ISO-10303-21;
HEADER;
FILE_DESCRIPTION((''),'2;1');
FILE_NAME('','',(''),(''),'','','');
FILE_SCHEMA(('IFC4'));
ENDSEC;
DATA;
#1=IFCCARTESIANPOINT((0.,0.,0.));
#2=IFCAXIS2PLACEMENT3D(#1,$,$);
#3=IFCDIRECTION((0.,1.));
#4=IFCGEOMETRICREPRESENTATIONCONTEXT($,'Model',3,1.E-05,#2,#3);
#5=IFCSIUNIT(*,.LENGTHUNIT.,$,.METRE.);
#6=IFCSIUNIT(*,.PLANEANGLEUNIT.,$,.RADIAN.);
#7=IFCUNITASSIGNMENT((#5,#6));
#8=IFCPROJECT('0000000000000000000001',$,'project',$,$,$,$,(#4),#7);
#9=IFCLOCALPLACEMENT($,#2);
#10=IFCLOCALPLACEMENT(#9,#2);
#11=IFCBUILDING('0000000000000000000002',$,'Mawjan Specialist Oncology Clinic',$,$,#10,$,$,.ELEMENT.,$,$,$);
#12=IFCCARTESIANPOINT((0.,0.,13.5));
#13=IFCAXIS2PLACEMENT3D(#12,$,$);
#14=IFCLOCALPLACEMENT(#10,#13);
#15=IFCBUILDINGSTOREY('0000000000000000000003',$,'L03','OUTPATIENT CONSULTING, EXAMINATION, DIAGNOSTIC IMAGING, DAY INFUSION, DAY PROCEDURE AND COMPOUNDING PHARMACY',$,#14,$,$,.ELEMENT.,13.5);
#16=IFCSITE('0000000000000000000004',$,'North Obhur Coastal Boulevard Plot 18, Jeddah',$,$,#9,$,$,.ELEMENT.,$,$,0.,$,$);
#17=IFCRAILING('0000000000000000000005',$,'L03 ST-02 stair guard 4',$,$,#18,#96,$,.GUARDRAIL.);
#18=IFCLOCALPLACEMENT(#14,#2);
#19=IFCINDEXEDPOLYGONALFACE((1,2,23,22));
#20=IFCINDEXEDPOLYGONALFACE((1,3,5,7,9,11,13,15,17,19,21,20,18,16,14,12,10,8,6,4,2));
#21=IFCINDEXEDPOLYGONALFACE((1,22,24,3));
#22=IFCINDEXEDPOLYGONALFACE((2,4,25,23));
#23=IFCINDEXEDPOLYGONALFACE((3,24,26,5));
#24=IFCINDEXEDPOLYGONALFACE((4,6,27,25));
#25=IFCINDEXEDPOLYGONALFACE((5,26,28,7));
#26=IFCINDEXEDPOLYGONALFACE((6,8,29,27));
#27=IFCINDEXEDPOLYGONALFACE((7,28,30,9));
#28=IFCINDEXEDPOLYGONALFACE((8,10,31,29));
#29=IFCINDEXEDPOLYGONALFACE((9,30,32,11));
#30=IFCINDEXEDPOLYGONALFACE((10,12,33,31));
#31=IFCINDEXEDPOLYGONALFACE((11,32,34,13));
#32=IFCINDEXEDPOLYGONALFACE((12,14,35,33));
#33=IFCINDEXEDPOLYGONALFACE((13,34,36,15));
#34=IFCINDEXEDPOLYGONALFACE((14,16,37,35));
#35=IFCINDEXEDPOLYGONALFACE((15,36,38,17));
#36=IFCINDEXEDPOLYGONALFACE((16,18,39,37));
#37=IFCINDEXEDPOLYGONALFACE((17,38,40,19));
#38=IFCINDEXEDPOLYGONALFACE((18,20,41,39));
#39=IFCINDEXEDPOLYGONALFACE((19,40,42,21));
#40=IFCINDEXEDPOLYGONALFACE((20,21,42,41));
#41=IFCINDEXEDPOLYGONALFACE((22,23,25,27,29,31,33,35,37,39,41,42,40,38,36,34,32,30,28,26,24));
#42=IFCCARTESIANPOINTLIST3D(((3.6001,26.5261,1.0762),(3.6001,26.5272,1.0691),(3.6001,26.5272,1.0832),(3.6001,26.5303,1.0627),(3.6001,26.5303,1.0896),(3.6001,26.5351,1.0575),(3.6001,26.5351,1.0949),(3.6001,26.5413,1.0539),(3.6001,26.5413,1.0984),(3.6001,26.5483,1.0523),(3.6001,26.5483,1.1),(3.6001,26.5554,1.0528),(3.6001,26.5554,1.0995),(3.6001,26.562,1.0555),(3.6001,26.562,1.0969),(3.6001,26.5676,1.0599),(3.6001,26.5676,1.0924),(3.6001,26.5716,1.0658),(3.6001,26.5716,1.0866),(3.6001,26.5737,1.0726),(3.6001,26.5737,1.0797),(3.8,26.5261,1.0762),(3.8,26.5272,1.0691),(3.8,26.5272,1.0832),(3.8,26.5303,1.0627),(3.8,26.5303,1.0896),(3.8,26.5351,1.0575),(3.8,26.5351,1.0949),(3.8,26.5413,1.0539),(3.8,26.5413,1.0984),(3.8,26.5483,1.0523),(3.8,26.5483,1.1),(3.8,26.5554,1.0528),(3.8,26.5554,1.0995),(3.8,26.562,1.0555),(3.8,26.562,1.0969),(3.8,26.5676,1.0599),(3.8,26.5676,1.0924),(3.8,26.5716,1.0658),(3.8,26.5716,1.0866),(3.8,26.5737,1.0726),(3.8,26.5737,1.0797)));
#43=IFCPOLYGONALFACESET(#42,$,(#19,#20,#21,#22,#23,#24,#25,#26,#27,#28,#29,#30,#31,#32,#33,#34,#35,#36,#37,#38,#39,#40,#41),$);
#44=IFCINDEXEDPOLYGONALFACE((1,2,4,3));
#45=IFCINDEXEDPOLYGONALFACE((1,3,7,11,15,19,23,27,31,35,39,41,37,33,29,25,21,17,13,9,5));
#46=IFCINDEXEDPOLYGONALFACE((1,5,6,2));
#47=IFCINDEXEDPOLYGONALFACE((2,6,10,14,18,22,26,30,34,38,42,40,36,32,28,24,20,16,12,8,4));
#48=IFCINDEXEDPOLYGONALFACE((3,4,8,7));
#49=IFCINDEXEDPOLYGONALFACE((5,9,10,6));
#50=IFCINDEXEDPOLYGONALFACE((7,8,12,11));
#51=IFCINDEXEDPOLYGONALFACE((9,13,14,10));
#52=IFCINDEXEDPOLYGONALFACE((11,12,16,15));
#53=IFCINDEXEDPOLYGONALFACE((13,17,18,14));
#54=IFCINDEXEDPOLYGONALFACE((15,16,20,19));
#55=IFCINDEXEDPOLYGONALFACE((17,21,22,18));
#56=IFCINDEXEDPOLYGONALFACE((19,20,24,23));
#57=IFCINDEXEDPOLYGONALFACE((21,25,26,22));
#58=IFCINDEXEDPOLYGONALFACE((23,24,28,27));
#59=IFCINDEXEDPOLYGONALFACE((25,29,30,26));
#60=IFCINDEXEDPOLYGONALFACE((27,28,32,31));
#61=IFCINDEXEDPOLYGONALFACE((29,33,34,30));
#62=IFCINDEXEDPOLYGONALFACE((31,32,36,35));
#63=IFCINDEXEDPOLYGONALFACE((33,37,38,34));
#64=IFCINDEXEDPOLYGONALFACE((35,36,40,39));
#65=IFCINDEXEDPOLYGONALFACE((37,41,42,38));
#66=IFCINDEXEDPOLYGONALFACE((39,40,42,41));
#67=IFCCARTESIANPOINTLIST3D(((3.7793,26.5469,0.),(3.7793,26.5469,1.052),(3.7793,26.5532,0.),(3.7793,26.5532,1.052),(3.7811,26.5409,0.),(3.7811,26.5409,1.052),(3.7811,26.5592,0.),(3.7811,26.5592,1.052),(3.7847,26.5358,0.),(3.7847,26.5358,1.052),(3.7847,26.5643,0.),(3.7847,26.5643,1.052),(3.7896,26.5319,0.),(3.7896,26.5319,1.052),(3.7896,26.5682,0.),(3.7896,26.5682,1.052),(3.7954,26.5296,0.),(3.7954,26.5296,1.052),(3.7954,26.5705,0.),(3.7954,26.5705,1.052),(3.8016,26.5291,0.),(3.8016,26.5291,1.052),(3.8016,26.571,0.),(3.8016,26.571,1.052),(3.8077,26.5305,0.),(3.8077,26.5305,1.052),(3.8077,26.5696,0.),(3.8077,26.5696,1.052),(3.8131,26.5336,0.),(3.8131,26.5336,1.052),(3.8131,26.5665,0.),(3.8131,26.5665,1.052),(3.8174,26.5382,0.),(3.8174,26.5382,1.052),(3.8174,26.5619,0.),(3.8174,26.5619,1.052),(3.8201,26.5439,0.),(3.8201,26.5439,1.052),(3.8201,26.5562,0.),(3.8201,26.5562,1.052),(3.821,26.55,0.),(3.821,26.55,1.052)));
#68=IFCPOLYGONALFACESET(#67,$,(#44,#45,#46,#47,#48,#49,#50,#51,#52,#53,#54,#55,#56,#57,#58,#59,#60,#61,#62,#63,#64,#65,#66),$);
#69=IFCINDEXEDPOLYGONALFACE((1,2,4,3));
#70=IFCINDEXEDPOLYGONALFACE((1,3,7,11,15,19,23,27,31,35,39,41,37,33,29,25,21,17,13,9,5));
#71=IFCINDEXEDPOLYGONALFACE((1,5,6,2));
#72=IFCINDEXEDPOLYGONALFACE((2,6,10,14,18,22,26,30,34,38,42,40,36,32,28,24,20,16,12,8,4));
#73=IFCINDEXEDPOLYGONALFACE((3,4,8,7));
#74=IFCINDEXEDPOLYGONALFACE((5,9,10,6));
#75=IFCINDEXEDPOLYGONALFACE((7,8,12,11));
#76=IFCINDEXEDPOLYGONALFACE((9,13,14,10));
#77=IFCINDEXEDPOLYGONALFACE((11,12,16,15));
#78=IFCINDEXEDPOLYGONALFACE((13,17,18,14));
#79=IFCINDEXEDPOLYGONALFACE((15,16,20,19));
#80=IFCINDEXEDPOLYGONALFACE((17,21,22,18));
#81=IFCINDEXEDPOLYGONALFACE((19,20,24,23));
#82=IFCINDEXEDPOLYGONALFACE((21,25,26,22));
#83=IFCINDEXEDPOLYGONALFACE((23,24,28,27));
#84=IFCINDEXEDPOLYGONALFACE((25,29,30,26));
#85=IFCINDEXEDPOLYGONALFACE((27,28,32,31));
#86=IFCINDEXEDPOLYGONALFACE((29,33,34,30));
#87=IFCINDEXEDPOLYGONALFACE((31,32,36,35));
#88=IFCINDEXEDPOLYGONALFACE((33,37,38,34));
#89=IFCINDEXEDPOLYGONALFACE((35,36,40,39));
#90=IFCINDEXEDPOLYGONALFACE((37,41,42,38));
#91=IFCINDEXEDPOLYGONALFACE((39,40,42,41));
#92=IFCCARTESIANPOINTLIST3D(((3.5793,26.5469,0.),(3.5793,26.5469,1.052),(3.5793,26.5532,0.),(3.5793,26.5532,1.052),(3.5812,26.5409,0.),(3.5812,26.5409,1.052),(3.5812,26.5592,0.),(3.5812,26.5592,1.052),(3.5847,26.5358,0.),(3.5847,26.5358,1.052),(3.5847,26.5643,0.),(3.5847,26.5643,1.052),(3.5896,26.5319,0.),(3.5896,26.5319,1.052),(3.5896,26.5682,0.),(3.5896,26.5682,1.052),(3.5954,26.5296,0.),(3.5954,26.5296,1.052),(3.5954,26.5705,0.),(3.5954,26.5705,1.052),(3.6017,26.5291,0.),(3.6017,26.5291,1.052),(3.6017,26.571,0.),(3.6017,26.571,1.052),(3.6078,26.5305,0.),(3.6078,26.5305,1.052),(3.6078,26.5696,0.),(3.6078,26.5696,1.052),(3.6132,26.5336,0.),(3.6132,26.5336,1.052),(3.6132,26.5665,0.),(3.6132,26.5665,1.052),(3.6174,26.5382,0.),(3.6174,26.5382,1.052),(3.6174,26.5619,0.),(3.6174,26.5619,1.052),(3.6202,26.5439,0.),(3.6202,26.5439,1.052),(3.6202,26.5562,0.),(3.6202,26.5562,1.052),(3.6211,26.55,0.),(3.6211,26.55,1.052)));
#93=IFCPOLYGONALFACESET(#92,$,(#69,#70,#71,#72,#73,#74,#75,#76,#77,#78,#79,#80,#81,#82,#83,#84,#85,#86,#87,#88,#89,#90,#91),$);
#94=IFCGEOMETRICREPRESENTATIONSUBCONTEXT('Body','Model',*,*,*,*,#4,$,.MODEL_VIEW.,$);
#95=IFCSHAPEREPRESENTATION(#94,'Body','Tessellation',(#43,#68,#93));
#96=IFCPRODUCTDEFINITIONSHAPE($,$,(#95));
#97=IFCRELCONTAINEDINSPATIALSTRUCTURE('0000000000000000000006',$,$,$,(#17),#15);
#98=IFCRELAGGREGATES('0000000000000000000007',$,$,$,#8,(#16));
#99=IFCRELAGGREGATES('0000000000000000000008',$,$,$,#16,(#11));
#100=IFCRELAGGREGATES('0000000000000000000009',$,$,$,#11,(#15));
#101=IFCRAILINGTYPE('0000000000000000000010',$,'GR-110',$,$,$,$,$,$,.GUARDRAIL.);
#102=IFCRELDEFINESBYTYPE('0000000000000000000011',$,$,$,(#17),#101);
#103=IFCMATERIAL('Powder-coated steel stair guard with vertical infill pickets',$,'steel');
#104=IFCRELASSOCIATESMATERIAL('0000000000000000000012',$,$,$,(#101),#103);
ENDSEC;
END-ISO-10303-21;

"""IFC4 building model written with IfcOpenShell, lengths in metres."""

from ifc_helpers import new_model, si_unit, direction, frame, origin, origin_2d, place, context, subcontext, project, spatial, circle, extrude, material, type_object, element, save


model = new_model("IFC4")

# Units and contexts
model_context = context("Model", 3, precision=1e-05, world=origin(), true_north=direction((0.0, 1.0)))
body_context = subcontext(model_context, "Body", "Model", "MODEL_VIEW")
ifc_project = project(units=[si_unit("LENGTHUNIT", "METRE"), si_unit("PLANEANGLEUNIT", "RADIAN")], contexts=[model_context])

# Site, building, storey
site_placement = place(None, origin())
site = spatial("IfcSite", under=ifc_project, at=site_placement, Name="North Obhur Coastal Boulevard Plot 18, Jeddah", CompositionType="ELEMENT", RefElevation=0.0)
building_placement = place(site_placement, origin())
building = spatial("IfcBuilding", under=site, at=building_placement, Name="Mawjan Specialist Oncology Clinic", CompositionType="ELEMENT")
storey_placement = place(building_placement, frame((0.0, 0.0, 13.5)))
storey = spatial("IfcBuildingStorey", under=building, at=storey_placement, Name="L03", Description="OUTPATIENT CONSULTING, EXAMINATION, DIAGNOSTIC IMAGING, DAY INFUSION, DAY PROCEDURE AND COMPOUNDING PHARMACY", CompositionType="ELEMENT", Elevation=13.5)

# Railing
ifc_material_1 = material(Name="Powder-coated steel stair guard with vertical infill pickets", Category="steel")
railing_type_1 = type_object("IfcRailingType", Name="GR-110", PredefinedType="GUARDRAIL", material=ifc_material_1)
railing_1_placement = place(storey_placement, frame((3.8, 26.55, 0.0)))
element("IfcRailing", 1, at=railing_1_placement, inside=storey, type_object=railing_type_1, Name="L03 ST-02 stair guard 4", PredefinedType="GUARDRAIL", context=body_context, shape_type="SweptSolid", body=[
    extrude(circle(Radius=0.0239, at=origin_2d()), frame((0.0, 0.0, 1.0762), z_axis=(-1.0, 0.0, 0.0), x_axis=(0.0, -1.0, 0.0)), (0.0, 0.0, 1.0), 0.2),
    extrude(circle(Radius=0.021, at=origin_2d()), origin(), (0.0, 0.0, 1.0), 1.052),
    extrude(circle(Radius=0.021, at=origin_2d()), frame((-0.2, 0.0, 0.0)), (0.0, 0.0, 1.0), 1.052),
])

save(model, "model.ifc")
